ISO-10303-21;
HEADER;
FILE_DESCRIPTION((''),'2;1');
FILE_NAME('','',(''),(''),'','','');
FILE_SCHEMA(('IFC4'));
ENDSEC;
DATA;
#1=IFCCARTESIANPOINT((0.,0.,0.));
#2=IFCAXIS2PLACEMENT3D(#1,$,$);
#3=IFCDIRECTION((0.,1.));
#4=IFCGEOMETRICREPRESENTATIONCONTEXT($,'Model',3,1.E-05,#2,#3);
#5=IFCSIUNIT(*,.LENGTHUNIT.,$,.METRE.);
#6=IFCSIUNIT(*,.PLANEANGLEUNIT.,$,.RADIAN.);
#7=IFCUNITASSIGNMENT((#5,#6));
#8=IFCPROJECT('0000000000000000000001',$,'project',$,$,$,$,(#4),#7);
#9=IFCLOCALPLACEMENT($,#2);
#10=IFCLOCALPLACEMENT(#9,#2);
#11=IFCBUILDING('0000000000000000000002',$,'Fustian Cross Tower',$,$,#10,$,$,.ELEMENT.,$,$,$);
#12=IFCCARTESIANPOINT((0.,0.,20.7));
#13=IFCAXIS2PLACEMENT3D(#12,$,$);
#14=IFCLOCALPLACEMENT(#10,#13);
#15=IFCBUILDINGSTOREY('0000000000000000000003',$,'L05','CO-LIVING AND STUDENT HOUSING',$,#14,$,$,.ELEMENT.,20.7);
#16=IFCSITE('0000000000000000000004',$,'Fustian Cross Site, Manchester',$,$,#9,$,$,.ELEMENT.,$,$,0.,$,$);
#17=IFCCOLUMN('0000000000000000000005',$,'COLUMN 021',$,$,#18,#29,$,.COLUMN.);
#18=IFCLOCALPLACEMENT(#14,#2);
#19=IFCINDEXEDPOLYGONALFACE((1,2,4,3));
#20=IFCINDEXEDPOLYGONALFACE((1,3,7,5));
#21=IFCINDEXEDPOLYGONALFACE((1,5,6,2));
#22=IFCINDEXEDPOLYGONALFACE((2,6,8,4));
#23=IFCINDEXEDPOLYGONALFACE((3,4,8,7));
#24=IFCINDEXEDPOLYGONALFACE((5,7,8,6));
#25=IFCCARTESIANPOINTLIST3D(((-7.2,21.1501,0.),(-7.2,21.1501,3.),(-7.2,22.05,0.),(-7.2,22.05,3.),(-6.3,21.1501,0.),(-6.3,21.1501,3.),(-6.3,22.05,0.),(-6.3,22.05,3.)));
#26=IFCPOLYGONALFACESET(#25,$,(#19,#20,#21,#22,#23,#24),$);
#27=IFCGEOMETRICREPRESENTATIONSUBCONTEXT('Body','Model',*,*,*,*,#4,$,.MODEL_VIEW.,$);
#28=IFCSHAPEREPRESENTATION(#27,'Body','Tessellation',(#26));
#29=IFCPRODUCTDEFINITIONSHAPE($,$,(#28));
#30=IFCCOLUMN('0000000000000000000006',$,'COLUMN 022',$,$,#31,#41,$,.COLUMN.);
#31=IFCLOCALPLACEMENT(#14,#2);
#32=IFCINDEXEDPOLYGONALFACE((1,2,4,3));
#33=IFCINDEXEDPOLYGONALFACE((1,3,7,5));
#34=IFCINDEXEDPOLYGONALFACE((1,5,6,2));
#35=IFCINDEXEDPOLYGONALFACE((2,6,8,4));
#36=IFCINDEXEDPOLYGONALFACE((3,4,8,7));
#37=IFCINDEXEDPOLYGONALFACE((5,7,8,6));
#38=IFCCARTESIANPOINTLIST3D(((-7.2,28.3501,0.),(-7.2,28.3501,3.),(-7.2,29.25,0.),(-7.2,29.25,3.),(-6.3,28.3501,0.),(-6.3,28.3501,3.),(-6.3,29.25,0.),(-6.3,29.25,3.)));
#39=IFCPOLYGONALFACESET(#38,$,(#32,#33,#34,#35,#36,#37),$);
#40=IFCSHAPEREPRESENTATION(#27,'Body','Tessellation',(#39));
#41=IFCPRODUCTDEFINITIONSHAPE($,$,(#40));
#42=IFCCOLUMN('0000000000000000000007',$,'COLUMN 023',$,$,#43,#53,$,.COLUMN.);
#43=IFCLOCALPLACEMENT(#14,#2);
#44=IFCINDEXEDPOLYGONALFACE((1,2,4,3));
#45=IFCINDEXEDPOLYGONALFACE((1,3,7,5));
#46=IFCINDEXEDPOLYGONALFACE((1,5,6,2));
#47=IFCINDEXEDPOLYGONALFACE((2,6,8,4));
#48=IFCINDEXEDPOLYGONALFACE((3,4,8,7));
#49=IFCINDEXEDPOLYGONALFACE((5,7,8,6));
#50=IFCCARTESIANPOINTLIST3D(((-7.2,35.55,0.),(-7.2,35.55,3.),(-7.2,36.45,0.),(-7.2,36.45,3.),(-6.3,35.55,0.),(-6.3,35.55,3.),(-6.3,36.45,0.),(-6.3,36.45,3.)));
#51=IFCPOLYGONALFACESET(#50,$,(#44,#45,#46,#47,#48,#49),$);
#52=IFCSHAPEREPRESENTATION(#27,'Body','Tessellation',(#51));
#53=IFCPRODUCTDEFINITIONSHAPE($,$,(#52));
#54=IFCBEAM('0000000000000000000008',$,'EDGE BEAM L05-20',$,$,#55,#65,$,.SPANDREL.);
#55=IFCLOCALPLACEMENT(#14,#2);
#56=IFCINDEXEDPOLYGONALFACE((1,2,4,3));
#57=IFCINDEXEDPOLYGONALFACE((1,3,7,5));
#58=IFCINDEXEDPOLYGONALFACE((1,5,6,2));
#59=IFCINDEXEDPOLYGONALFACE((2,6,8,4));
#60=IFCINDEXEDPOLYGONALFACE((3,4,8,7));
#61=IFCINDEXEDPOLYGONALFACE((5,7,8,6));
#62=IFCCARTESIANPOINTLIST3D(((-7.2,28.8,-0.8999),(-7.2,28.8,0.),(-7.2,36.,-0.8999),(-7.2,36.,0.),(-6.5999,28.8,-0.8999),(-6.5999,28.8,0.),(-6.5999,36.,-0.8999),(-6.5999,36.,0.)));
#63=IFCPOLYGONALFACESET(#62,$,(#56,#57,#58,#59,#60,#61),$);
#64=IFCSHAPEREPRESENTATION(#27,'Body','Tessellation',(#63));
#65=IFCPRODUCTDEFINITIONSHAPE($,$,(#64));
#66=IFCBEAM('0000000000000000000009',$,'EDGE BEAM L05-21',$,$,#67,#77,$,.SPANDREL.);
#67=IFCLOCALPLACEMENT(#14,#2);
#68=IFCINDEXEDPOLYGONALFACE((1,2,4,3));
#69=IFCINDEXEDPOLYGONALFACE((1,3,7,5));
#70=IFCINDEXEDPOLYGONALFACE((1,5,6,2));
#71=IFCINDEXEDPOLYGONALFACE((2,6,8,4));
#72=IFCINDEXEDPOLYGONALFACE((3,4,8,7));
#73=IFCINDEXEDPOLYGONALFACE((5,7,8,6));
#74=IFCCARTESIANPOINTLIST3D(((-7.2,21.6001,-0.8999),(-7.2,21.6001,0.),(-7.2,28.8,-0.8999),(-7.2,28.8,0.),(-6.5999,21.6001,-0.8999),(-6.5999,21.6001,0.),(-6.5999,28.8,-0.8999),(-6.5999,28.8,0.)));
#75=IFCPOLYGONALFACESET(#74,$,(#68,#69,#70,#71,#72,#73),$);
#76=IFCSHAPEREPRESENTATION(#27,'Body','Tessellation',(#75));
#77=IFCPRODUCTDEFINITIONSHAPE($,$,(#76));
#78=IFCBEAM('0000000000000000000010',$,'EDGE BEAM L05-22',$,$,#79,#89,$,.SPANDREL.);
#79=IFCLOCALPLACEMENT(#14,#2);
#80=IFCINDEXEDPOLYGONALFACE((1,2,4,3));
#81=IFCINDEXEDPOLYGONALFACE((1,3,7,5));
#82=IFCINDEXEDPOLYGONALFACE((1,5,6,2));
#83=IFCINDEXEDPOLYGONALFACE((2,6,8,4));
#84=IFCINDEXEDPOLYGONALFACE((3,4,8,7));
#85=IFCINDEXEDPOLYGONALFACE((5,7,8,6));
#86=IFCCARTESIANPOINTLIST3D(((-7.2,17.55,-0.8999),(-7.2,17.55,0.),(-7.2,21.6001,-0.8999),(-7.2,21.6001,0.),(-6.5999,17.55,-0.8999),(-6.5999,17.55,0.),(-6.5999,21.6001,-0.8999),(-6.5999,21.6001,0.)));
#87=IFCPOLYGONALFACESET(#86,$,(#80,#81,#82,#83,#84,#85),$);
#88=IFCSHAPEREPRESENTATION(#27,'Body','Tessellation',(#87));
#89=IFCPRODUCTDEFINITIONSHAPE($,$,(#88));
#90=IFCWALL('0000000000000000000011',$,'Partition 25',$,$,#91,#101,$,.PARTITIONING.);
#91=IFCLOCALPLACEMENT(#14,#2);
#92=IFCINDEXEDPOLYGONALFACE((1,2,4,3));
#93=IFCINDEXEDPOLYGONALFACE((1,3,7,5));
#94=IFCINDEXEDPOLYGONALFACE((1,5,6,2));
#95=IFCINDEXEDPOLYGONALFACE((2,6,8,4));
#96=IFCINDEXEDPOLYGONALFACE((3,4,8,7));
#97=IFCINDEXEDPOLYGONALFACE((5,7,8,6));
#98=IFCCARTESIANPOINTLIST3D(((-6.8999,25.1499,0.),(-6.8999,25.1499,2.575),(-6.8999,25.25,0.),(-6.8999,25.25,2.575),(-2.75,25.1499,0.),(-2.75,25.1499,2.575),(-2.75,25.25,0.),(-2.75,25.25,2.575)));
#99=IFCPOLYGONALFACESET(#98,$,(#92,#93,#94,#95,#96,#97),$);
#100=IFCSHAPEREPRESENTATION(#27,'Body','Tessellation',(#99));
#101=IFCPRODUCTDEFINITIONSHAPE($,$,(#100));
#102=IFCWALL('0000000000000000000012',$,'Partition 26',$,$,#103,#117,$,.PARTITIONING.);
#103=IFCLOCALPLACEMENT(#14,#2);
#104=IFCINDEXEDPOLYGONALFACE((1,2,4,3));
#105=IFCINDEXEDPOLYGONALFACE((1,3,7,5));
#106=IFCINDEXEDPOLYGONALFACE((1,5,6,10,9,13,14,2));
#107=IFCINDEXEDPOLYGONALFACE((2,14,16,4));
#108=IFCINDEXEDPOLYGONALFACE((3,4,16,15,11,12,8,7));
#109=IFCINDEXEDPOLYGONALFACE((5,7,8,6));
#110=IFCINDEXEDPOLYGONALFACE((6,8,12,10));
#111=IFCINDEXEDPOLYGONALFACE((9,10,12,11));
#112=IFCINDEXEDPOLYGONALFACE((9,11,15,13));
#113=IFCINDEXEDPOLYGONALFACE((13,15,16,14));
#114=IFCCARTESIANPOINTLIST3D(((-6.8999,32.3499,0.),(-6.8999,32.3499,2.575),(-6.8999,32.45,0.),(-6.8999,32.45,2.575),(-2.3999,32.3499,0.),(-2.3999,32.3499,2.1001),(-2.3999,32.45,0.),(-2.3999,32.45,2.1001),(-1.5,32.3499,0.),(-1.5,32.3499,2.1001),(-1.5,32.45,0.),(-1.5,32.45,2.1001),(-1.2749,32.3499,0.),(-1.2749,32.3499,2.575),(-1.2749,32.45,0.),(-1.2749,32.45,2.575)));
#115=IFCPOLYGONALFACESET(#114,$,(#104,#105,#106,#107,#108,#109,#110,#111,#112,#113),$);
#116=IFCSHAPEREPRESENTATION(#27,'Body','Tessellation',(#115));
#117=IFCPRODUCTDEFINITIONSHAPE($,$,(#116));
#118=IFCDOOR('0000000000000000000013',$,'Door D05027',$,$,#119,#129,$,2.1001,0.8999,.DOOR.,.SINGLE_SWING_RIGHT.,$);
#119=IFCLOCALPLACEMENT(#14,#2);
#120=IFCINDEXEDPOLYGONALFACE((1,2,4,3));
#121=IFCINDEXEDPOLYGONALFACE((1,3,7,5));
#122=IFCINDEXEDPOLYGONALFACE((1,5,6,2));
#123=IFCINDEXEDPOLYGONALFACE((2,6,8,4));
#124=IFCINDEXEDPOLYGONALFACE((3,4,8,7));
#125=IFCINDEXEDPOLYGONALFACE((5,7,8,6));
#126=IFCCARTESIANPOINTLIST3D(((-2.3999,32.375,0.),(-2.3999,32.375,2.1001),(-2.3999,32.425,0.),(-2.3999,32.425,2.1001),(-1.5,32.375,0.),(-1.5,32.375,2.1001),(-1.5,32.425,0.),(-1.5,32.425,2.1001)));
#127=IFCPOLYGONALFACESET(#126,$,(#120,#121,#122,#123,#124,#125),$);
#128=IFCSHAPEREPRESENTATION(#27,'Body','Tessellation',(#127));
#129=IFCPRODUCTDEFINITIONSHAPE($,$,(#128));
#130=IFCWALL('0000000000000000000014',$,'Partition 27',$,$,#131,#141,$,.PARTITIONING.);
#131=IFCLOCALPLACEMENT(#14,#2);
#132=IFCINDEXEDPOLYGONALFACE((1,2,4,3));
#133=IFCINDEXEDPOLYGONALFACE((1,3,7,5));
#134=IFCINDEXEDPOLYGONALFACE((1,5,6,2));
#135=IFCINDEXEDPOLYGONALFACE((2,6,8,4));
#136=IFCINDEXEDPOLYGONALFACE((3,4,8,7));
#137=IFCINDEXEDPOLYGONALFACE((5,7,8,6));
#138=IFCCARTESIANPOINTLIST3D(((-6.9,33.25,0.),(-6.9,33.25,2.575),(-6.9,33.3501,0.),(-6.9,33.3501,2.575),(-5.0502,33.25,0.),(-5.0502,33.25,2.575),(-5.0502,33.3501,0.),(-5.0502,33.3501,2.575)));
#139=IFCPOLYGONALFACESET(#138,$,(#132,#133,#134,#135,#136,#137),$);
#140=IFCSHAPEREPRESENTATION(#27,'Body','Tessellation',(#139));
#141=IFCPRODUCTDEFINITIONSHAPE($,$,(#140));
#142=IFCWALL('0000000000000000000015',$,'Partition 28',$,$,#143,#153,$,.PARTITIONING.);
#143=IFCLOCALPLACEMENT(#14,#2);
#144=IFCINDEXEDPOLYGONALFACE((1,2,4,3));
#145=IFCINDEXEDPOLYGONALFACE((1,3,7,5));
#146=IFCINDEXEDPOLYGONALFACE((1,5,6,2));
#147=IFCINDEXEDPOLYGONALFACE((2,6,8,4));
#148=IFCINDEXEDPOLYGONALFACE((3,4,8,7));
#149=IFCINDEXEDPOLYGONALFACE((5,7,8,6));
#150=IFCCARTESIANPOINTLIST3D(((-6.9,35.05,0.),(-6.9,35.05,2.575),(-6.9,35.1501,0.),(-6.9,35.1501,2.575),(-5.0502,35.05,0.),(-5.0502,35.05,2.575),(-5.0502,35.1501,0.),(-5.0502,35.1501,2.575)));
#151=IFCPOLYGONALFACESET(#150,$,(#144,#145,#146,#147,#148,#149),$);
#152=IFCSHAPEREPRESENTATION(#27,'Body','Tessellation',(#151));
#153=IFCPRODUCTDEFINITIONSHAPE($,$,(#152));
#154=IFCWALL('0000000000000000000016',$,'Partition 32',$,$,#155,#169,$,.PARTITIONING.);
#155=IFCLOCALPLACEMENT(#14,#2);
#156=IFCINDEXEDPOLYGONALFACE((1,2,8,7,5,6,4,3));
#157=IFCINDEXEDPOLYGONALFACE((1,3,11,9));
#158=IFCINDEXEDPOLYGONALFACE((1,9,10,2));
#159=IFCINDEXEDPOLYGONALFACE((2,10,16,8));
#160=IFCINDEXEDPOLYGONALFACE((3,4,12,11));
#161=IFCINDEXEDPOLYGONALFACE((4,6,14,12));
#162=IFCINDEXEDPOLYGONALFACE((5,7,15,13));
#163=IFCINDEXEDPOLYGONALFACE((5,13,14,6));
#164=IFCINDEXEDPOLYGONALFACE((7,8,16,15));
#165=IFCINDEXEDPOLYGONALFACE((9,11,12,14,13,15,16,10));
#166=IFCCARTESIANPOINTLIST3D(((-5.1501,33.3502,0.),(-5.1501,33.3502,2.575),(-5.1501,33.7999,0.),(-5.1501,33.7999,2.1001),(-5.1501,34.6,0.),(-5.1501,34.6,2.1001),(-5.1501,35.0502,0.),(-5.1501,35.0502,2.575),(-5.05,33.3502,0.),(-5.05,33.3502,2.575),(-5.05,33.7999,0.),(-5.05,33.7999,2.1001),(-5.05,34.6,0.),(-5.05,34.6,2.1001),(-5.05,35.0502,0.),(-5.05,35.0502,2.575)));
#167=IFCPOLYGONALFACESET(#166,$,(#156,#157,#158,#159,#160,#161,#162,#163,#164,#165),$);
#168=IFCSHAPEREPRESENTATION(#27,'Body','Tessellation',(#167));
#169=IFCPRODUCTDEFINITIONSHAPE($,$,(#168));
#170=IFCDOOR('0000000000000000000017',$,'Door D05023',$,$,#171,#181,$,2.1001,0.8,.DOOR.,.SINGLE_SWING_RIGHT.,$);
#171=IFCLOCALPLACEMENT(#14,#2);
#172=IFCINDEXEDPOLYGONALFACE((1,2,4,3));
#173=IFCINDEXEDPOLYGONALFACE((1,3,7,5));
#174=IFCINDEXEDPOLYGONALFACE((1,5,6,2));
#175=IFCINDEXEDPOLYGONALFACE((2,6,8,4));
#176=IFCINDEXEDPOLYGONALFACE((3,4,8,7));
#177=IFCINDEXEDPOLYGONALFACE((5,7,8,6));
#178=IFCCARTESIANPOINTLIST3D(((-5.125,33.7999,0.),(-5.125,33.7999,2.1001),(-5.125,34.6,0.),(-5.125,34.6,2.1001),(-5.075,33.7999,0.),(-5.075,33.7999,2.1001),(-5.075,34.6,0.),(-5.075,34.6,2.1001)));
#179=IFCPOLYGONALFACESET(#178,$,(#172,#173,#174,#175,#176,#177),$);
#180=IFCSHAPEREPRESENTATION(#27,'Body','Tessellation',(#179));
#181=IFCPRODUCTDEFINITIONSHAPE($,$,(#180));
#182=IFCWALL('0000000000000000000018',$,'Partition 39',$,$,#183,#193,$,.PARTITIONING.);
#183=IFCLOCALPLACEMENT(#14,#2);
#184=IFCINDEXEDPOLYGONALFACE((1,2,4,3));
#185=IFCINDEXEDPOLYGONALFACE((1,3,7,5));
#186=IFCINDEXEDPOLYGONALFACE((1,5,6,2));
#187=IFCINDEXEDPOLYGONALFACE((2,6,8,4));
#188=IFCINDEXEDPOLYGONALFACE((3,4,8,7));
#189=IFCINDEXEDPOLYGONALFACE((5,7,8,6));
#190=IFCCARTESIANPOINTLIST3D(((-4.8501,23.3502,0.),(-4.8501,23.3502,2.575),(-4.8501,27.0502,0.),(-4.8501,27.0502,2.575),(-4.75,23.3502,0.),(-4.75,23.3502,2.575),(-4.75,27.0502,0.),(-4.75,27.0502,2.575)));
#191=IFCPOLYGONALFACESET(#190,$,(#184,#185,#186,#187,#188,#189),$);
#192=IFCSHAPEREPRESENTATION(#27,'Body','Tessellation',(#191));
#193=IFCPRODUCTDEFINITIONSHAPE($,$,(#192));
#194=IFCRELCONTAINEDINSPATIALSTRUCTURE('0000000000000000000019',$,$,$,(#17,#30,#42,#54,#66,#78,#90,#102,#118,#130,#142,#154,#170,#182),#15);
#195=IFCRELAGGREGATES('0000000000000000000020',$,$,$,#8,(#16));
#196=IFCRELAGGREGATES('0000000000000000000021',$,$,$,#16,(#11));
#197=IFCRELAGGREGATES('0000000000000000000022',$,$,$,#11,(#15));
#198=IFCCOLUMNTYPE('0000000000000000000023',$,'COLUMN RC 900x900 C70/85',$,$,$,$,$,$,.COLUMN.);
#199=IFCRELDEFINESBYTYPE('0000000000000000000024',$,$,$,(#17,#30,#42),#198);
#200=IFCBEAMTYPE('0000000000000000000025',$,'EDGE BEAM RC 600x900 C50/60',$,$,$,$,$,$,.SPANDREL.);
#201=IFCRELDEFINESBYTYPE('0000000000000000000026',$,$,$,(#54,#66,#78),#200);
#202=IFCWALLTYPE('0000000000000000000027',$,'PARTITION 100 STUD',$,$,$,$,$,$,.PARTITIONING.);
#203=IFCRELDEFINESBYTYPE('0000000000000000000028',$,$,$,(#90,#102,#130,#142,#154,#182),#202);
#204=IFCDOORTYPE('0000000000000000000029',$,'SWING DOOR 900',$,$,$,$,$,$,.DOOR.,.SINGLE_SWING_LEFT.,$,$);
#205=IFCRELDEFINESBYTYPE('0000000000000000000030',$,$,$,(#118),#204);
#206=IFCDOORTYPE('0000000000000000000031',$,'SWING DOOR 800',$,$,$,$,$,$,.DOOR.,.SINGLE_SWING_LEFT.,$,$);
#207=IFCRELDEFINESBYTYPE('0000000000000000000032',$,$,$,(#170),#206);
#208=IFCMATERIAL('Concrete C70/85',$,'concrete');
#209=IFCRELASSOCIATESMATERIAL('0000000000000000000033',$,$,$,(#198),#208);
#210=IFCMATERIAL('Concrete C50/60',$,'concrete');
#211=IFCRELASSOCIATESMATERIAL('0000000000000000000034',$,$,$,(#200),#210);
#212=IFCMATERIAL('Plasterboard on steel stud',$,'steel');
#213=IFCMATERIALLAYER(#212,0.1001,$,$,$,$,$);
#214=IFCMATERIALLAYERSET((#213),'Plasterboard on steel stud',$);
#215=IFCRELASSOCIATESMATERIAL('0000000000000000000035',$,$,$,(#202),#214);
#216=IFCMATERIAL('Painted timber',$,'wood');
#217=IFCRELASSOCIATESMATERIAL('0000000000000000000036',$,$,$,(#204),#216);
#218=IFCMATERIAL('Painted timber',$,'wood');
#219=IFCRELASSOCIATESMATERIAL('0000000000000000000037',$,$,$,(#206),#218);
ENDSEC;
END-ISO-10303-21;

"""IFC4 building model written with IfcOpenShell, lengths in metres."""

from ifc_helpers import new_model, si_unit, direction, frame, frame_2d, origin, origin_2d, place, context, subcontext, project, spatial, rectangle, extrude, material, layer, layer_set, material_profile, profile_set, type_object, element, fill, save


model = new_model("IFC4")

# Units and contexts
model_context = context("Model", 3, precision=1e-05, world=origin(), true_north=direction((0.0, 1.0)))
body_context = subcontext(model_context, "Body", "Model", "MODEL_VIEW")
ifc_project = project(units=[si_unit("LENGTHUNIT", "METRE"), si_unit("PLANEANGLEUNIT", "RADIAN")], contexts=[model_context])

# Site, building, storey
site_placement = place(None, origin())
site = spatial("IfcSite", under=ifc_project, at=site_placement, Name="Fustian Cross Site, Manchester", CompositionType="ELEMENT", RefElevation=0.0)
building_placement = place(site_placement, origin())
building = spatial("IfcBuilding", under=site, at=building_placement, Name="Fustian Cross Tower", CompositionType="ELEMENT")
storey_placement = place(building_placement, frame((0.0, 0.0, 20.7)))
storey = spatial("IfcBuildingStorey", under=building, at=storey_placement, Name="L05", Description="CO-LIVING AND STUDENT HOUSING", CompositionType="ELEMENT", Elevation=20.7)

# Columns
ifc_material_1 = material(Name="Concrete C70/85", Category="concrete")
ifc_material_profile_1 = material_profile(ifc_material_1, rectangle(XDim=0.8999, YDim=0.8999, at=origin_2d()), Name="RC 900x900")
ifc_profile_set_1 = profile_set([ifc_material_profile_1], Name="Concrete C70/85")
column_type = type_object("IfcColumnType", Name="COLUMN RC 900x900 C70/85", PredefinedType="COLUMN", material=ifc_profile_set_1)
for number, where, z_axis, x_axis, name in (
    (1, (-6.75, 21.6001, 0.0), (0.0, 0.0, 1.0), (1.0, 0.0, 0.0), "COLUMN 021"),
    (2, (-6.75, 28.8, 0.0), (0.0, 0.0, 1.0), (1.0, 0.0, 0.0), "COLUMN 022"),
    (3, (-6.75, 36.0, 0.0), (0.0, 0.0, 1.0), (1.0, 0.0, 0.0), "COLUMN 023"),
):
    element("IfcColumn", number, at=place(storey_placement, frame(where, z_axis=z_axis, x_axis=x_axis)), inside=storey, type_object=column_type, Name=name, PredefinedType="COLUMN", context=body_context, shape_type="SweptSolid", body=[
        extrude(rectangle(XDim=0.8999, YDim=0.8999, at=origin_2d()), origin(), (0.0, 0.0, 1.0), 3.0),
    ])

# Beams
ifc_material_2 = material(Name="Concrete C50/60", Category="concrete")
ifc_material_profile_2 = material_profile(ifc_material_2, rectangle(XDim=0.6001, YDim=0.8999, at=origin_2d()), Name="RC 600x900")
ifc_profile_set_2 = profile_set([ifc_material_profile_2], Name="Concrete C50/60")
beam_type = type_object("IfcBeamType", Name="EDGE BEAM RC 600x900 C50/60", PredefinedType="SPANDREL", material=ifc_profile_set_2)
for number, where, z_axis, x_axis, name in (
    (4, (-6.8999, 36.0, -0.45), (0.0, -1.0, 0.0), (1.0, 0.0, 0.0), "EDGE BEAM L05-20"),
    (5, (-6.8999, 28.8, -0.45), (0.0, -1.0, 0.0), (1.0, 0.0, 0.0), "EDGE BEAM L05-21"),
):
    element("IfcBeam", number, at=place(storey_placement, frame(where, z_axis=z_axis, x_axis=x_axis)), inside=storey, type_object=beam_type, Name=name, PredefinedType="SPANDREL", context=body_context, shape_type="SweptSolid", body=[
        extrude(rectangle(XDim=0.6001, YDim=0.8999, at=origin_2d()), origin(), (0.0, 0.0, 1.0), 7.2),
    ])
beam_placement = place(storey_placement, frame((-6.8999, 21.6001, -0.45), z_axis=(0.0, -1.0, 0.0), x_axis=(1.0, 0.0, 0.0)))
element("IfcBeam", 6, at=beam_placement, inside=storey, type_object=beam_type, Name="EDGE BEAM L05-22", PredefinedType="SPANDREL", context=body_context, shape_type="SweptSolid", body=[
    extrude(rectangle(XDim=0.6001, YDim=0.8999, at=origin_2d()), origin(), (0.0, 0.0, 1.0), 4.05),
])

# Wall
ifc_material_3 = material(Name="Plasterboard on steel stud", Category="steel")
ifc_layer_1 = layer(ifc_material_3, 0.1001)
ifc_layer_set_1 = layer_set([ifc_layer_1], Name="Plasterboard on steel stud")
wall_type_1 = type_object("IfcWallType", Name="PARTITION 100 STUD", PredefinedType="PARTITIONING", material=ifc_layer_set_1)
wall_1_placement = place(storey_placement, frame((-6.8999, 25.2, 0.0), z_axis=(0.0, 0.0, 1.0), x_axis=(1.0, 0.0, 0.0)))
element("IfcWall", 7, at=wall_1_placement, inside=storey, type_object=wall_type_1, Name="Partition 25", PredefinedType="PARTITIONING", context=body_context, shape_type="SweptSolid", body=[
    extrude(rectangle(XDim=4.1499, YDim=0.1001, at=frame_2d((2.075, 0.0))), origin(), (0.0, 0.0, 1.0), 2.575),
])

# Wall, opening, door
wall_2_placement = place(storey_placement, frame((-6.8999, 32.3999, 0.0), z_axis=(0.0, 0.0, 1.0), x_axis=(1.0, 0.0, 0.0)))
wall_2 = element("IfcWall", 8, at=wall_2_placement, inside=storey, type_object=wall_type_1, Name="Partition 26", PredefinedType="PARTITIONING", context=body_context, shape_type="SweptSolid", body=[
    extrude(rectangle(XDim=5.625, YDim=0.1001, at=frame_2d((2.8125, 0.0))), origin(), (0.0, 0.0, 1.0), 2.575),
])
opening_1_placement = place(wall_2_placement, frame((4.5, 0.0, 0.0)))
opening_1 = element("IfcOpeningElement", 9, at=opening_1_placement, cuts=wall_2, PredefinedType="OPENING", context=body_context, shape_type="SweptSolid", body=[
    extrude(rectangle(XDim=0.8999, YDim=2.1001, at=frame_2d((0.45, 1.05))), frame((0.0, 0.0601, 0.0), z_axis=(0.0, -1.0, 0.0), x_axis=(1.0, 0.0, 0.0)), (0.0, 0.0, 1.0), 0.1201),
])
ifc_material_4 = material(Name="Painted timber", Category="wood")
door_type_1 = type_object("IfcDoorType", Name="SWING DOOR 900", OperationType="SINGLE_SWING_LEFT", PredefinedType="DOOR", material=ifc_material_4)
door_1_placement = place(opening_1_placement, frame((0.8999, 0.0, 0.0), z_axis=(0.0, 0.0, 1.0), x_axis=(-1.0, 0.0, 0.0)))
door_1 = element("IfcDoor", 10, at=door_1_placement, inside=storey, type_object=door_type_1, Name="Door D05027", OperationType="SINGLE_SWING_RIGHT", OverallHeight=2.1001, OverallWidth=0.8999, PredefinedType="DOOR", context=body_context, shape_type="SweptSolid", body=[
    extrude(rectangle(XDim=0.8999, YDim=2.1001, at=frame_2d((0.45, 1.05))), frame((0.0, 0.0249, 0.0), z_axis=(0.0, -1.0, 0.0), x_axis=(1.0, 0.0, 0.0)), (0.0, 0.0, 1.0), 0.05),
])
fill(opening_1, door_1)

# Walls
for number, where, z_axis, x_axis, name in (
    (11, (-6.8999, 33.3, 0.0), (0.0, 0.0, 1.0), (1.0, 0.0, 0.0), "Partition 27"),
    (12, (-6.8999, 35.1001, 0.0), (0.0, 0.0, 1.0), (1.0, 0.0, 0.0), "Partition 28"),
):
    element("IfcWall", number, at=place(storey_placement, frame(where, z_axis=z_axis, x_axis=x_axis)), inside=storey, type_object=wall_type_1, Name=name, PredefinedType="PARTITIONING", context=body_context, shape_type="SweptSolid", body=[
        extrude(rectangle(XDim=1.8499, YDim=0.1001, at=frame_2d((0.9248, 0.0))), origin(), (0.0, 0.0, 1.0), 2.575),
    ])

# Wall, opening, door
wall_3_placement = place(storey_placement, frame((-5.1001, 33.3501, 0.0), z_axis=(0.0, 0.0, 1.0), x_axis=(0.0, 1.0, 0.0)))
wall_3 = element("IfcWall", 13, at=wall_3_placement, inside=storey, type_object=wall_type_1, Name="Partition 32", PredefinedType="PARTITIONING", context=body_context, shape_type="SweptSolid", body=[
    extrude(rectangle(XDim=1.7, YDim=0.1001, at=frame_2d((0.8501, 0.0))), origin(), (0.0, 0.0, 1.0), 2.575),
])
opening_2_placement = place(wall_3_placement, frame((0.45, 0.0, 0.0)))
opening_2 = element("IfcOpeningElement", 14, at=opening_2_placement, cuts=wall_3, PredefinedType="OPENING", context=body_context, shape_type="SweptSolid", body=[
    extrude(rectangle(XDim=0.8, YDim=2.1001, at=frame_2d((0.3999, 1.05))), frame((0.0, 0.0601, 0.0), z_axis=(0.0, -1.0, 0.0), x_axis=(1.0, 0.0, 0.0)), (0.0, 0.0, 1.0), 0.1201),
])
ifc_material_5 = material(Name="Painted timber", Category="wood")
door_type_2 = type_object("IfcDoorType", Name="SWING DOOR 800", OperationType="SINGLE_SWING_LEFT", PredefinedType="DOOR", material=ifc_material_5)
door_2_placement = place(opening_2_placement, origin())
door_2 = element("IfcDoor", 15, at=door_2_placement, inside=storey, type_object=door_type_2, Name="Door D05023", OperationType="SINGLE_SWING_RIGHT", OverallHeight=2.1001, OverallWidth=0.8, PredefinedType="DOOR", context=body_context, shape_type="SweptSolid", body=[
    extrude(rectangle(XDim=0.8, YDim=2.1001, at=frame_2d((0.3999, 1.05))), frame((0.0, 0.0249, 0.0), z_axis=(0.0, -1.0, 0.0), x_axis=(1.0, 0.0, 0.0)), (0.0, 0.0, 1.0), 0.05),
])
fill(opening_2, door_2)

# Wall
wall_4_placement = place(storey_placement, frame((-4.8, 23.3501, 0.0), z_axis=(0.0, 0.0, 1.0), x_axis=(0.0, 1.0, 0.0)))
element("IfcWall", 16, at=wall_4_placement, inside=storey, type_object=wall_type_1, Name="Partition 39", PredefinedType="PARTITIONING", context=body_context, shape_type="SweptSolid", body=[
    extrude(rectangle(XDim=3.7, YDim=0.1001, at=frame_2d((1.8501, 0.0))), origin(), (0.0, 0.0, 1.0), 2.575),
])

save(model, "model.ifc")
